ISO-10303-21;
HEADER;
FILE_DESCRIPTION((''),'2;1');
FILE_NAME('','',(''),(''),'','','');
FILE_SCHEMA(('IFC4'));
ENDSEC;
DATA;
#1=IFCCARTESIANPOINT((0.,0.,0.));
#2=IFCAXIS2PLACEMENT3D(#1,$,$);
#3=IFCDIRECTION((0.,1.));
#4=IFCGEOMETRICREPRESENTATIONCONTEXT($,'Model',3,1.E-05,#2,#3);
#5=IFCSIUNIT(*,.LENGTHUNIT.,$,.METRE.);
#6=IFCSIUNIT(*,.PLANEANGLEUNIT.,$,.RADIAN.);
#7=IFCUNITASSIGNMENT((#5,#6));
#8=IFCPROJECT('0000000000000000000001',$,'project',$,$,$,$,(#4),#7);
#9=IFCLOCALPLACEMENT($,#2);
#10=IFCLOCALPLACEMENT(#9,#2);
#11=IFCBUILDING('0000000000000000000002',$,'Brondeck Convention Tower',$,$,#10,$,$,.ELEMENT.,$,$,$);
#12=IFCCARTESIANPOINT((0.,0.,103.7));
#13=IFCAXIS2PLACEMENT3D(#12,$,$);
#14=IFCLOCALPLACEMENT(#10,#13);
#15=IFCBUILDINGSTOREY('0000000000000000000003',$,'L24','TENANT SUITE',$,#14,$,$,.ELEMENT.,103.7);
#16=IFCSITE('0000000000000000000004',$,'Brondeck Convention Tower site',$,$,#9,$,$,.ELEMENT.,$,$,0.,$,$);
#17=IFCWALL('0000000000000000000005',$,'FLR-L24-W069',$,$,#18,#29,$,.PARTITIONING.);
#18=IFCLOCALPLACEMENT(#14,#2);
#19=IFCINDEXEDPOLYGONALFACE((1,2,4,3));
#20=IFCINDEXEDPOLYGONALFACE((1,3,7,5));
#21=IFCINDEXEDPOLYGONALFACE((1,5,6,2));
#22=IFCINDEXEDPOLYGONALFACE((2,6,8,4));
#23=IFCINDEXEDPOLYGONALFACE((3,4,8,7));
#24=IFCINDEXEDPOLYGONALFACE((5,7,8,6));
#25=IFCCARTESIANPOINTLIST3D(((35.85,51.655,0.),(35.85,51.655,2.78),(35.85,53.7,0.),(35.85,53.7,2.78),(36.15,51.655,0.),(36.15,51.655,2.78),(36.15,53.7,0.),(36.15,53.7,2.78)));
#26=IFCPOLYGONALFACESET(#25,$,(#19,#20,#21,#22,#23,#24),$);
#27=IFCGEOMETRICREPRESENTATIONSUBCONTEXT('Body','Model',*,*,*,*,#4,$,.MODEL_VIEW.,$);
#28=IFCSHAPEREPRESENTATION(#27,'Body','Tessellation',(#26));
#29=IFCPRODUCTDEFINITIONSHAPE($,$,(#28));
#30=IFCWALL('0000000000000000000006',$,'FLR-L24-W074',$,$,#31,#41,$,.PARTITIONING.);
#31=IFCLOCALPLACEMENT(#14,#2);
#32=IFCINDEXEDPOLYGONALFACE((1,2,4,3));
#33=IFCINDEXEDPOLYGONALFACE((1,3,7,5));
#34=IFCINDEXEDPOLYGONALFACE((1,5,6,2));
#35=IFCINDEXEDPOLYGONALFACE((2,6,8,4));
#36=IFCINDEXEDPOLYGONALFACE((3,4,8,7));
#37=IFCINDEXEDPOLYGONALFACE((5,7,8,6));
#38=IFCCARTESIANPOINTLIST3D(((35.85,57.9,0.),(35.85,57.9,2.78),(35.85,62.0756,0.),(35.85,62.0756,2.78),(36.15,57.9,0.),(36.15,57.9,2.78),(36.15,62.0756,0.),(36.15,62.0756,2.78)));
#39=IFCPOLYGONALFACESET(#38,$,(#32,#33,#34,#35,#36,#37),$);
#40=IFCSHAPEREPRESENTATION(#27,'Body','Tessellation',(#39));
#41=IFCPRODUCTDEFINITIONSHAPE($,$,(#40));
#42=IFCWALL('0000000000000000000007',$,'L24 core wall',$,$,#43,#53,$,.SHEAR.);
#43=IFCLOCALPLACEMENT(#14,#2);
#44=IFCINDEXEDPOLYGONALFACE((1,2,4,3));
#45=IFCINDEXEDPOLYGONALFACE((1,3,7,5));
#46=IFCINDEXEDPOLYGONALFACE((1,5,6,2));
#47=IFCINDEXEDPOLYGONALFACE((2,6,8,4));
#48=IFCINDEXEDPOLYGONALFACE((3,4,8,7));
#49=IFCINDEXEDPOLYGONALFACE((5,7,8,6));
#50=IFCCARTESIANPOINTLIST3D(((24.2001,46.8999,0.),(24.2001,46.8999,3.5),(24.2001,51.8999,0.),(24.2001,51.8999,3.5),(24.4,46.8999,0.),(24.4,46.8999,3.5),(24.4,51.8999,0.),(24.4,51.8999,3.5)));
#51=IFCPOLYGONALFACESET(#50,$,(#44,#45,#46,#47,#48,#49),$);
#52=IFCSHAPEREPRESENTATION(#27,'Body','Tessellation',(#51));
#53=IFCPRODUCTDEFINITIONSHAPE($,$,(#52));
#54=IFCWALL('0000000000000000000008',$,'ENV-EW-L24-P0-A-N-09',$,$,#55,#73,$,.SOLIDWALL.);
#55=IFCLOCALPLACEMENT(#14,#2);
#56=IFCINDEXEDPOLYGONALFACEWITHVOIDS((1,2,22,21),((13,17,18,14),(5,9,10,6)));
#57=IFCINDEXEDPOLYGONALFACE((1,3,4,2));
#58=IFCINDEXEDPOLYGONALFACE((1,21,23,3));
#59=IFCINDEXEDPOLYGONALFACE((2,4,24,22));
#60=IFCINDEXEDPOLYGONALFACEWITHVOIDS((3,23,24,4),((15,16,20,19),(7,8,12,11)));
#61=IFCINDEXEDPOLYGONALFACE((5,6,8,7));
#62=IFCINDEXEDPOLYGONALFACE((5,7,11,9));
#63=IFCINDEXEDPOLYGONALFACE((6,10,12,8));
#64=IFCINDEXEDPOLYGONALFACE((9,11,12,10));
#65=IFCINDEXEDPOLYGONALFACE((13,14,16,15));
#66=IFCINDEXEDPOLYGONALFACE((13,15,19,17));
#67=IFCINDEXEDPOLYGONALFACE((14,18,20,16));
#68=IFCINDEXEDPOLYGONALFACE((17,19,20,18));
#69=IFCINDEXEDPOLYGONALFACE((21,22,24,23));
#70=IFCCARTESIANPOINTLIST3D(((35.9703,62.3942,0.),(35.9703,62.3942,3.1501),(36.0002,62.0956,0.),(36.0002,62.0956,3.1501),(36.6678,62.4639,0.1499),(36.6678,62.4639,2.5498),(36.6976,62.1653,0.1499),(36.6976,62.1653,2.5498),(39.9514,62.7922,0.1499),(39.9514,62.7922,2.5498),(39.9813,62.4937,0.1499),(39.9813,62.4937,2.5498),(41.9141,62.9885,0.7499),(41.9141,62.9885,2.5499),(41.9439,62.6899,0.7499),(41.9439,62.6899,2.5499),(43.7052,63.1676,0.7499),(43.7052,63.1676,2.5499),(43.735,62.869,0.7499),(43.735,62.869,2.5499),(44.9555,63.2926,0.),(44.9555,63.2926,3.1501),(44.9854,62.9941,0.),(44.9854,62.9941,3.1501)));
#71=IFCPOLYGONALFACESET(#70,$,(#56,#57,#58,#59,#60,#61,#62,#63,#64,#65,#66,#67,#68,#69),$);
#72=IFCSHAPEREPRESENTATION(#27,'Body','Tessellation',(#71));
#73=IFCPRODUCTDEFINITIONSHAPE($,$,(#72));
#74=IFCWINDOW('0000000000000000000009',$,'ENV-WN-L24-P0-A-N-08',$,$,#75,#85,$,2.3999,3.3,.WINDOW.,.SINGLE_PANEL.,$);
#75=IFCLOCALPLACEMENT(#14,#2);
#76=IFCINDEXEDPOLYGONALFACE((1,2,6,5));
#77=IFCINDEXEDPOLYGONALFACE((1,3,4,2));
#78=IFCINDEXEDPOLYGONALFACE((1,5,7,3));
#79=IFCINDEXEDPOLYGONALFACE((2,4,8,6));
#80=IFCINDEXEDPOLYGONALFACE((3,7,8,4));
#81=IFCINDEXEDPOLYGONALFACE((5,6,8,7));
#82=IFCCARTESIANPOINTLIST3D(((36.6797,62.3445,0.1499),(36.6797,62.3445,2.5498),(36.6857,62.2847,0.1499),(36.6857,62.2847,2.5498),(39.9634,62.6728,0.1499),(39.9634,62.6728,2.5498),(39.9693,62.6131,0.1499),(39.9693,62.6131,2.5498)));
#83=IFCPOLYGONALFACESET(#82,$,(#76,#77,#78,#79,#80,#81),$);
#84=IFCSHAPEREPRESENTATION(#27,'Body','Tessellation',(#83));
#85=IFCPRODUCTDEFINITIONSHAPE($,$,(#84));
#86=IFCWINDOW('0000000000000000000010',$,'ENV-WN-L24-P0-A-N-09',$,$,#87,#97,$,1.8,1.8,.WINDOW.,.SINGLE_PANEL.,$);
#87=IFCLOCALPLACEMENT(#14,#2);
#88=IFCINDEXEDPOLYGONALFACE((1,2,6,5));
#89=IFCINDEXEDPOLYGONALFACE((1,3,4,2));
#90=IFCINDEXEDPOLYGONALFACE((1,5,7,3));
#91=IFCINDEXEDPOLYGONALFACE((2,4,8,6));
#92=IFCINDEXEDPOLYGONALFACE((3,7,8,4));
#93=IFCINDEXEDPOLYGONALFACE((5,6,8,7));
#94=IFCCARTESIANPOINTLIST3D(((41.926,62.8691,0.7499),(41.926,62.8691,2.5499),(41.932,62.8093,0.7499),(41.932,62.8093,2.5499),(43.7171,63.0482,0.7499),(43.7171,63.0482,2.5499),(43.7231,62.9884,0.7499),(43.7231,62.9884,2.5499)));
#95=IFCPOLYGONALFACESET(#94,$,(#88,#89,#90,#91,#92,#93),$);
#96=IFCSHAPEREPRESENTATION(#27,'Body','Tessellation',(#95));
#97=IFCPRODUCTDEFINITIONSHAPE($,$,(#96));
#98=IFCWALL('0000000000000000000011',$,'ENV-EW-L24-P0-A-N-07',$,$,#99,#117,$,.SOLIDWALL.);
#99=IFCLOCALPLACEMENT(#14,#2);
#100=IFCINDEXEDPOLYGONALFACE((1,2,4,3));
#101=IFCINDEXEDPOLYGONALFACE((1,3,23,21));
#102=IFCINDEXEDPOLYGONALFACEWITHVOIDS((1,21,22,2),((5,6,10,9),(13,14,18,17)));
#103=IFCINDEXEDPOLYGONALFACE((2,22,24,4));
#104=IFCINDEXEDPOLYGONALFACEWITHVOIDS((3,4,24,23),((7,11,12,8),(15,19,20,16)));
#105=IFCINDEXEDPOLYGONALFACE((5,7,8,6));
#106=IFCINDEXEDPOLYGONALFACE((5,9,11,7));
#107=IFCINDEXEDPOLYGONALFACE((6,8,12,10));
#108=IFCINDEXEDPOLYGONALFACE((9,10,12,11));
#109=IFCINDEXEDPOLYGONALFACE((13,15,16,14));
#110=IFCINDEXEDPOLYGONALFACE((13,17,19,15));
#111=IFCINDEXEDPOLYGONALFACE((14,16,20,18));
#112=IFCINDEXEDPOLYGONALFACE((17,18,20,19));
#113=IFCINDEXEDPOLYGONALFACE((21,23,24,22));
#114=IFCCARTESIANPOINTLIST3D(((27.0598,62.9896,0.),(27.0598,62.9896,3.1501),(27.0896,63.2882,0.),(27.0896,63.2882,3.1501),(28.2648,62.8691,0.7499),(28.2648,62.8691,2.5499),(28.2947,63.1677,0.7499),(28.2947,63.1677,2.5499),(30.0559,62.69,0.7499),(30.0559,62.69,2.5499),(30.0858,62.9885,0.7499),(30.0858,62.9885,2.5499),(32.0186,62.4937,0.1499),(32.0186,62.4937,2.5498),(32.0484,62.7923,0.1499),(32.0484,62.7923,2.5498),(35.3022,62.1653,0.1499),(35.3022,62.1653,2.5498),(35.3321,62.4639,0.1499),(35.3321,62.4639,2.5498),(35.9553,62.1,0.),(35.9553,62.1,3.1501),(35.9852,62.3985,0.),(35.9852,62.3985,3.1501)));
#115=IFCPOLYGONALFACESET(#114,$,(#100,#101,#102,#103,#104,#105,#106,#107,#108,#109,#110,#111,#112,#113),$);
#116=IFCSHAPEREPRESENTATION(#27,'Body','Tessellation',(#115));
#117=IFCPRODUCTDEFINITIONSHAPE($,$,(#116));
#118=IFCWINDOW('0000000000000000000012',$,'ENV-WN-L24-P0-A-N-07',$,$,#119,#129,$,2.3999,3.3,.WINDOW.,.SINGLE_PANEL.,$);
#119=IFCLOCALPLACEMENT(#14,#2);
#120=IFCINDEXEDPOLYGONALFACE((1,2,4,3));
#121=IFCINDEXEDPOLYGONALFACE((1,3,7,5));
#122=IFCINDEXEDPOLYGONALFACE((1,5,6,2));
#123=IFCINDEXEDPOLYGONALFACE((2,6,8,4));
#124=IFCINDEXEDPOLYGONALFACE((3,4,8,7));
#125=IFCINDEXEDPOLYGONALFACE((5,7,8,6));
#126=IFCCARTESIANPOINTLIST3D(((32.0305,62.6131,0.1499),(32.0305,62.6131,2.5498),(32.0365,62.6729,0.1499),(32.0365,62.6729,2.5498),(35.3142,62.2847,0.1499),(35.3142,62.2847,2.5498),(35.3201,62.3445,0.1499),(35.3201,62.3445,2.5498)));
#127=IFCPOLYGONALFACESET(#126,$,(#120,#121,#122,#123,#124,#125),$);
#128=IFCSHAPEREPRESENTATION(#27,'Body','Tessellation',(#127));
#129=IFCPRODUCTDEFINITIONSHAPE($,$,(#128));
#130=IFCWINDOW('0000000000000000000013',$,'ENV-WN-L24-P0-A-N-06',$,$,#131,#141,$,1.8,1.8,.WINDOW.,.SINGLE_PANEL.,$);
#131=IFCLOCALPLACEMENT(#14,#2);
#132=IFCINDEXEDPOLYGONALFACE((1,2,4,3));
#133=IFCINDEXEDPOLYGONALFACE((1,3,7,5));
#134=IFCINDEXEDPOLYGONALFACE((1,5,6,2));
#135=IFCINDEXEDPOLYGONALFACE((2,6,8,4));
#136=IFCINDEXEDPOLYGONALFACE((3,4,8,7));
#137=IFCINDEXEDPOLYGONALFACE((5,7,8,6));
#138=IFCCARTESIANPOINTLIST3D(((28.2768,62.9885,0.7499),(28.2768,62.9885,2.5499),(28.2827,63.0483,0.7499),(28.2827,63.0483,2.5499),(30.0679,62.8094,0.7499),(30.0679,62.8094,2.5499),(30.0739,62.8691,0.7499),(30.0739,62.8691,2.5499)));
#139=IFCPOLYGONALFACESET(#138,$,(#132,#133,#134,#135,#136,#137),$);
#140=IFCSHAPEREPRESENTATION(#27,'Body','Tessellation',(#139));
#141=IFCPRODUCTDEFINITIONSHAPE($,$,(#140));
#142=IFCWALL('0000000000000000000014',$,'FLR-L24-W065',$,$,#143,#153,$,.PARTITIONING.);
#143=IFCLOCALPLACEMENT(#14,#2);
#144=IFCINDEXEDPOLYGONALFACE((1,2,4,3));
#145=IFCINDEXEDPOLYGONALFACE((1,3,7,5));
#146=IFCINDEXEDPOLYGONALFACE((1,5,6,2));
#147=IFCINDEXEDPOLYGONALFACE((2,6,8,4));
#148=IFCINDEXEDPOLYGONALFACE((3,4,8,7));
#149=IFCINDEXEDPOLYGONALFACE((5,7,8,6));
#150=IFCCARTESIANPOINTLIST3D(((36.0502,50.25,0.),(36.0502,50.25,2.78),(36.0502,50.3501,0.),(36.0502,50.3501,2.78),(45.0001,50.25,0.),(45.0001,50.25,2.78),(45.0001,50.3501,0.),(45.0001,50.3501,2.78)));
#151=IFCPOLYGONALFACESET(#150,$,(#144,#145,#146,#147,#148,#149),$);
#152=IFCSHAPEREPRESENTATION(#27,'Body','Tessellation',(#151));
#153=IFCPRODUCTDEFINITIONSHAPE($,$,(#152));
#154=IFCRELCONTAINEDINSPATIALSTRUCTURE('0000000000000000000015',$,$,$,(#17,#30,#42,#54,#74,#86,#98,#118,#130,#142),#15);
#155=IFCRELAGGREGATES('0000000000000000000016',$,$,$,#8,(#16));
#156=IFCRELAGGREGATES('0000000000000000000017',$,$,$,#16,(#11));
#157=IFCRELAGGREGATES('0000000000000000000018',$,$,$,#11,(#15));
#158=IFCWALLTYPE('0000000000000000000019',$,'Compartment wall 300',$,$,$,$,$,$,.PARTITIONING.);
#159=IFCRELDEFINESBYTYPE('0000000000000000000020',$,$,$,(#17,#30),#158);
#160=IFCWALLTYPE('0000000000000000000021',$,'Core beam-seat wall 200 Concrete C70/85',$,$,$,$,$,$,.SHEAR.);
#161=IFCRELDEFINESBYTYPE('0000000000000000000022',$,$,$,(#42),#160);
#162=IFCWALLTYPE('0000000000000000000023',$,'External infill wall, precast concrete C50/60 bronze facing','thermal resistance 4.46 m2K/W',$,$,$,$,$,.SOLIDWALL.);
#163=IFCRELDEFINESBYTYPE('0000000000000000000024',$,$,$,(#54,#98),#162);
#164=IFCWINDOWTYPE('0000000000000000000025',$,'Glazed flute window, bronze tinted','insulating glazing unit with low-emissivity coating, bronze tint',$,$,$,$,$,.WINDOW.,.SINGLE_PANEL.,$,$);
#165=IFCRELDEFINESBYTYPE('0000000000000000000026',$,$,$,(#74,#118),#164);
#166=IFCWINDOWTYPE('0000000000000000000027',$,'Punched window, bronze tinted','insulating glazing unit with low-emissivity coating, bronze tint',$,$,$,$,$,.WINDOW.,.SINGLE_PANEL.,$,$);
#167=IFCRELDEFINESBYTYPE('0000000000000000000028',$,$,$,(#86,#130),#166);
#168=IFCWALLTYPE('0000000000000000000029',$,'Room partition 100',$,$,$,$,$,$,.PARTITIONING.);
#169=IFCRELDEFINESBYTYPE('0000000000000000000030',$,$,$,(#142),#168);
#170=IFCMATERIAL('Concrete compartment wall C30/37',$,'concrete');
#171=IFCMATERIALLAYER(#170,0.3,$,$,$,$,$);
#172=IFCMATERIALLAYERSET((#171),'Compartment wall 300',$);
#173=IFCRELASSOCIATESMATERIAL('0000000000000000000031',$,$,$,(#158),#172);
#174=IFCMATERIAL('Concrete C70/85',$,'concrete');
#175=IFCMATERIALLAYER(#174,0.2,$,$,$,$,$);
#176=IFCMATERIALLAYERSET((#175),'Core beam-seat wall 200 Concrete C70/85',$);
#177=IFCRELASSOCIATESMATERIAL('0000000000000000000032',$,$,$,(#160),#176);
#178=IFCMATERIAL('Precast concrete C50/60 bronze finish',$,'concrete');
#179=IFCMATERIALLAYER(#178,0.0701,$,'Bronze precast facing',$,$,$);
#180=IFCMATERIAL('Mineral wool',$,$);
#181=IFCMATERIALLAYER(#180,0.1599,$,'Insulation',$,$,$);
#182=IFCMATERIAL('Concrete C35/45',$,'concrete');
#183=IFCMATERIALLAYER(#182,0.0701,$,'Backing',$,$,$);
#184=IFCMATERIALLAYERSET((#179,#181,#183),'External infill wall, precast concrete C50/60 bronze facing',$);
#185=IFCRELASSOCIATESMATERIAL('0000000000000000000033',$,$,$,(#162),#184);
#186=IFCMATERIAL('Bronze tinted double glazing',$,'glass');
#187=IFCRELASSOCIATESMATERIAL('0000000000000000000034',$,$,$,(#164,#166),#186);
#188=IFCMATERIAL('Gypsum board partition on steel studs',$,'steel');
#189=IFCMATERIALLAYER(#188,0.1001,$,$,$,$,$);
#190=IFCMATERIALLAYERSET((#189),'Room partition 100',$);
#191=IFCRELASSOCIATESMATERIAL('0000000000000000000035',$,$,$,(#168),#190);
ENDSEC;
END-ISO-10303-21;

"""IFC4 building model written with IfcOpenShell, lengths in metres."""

from ifc_helpers import new_model, si_unit, direction, frame, frame_2d, origin, place, context, subcontext, project, spatial, rectangle, extrude, material, layer, layer_set, type_object, element, fill, save


model = new_model("IFC4")

# Units and contexts
model_context = context("Model", 3, precision=1e-05, world=origin(), true_north=direction((0.0, 1.0)))
body_context = subcontext(model_context, "Body", "Model", "MODEL_VIEW")
ifc_project = project(units=[si_unit("LENGTHUNIT", "METRE"), si_unit("PLANEANGLEUNIT", "RADIAN")], contexts=[model_context])

# Site, building, storey
site_placement = place(None, origin())
site = spatial("IfcSite", under=ifc_project, at=site_placement, Name="Brondeck Convention Tower site", CompositionType="ELEMENT", RefElevation=0.0)
building_placement = place(site_placement, origin())
building = spatial("IfcBuilding", under=site, at=building_placement, Name="Brondeck Convention Tower", CompositionType="ELEMENT")
storey_placement = place(building_placement, frame((0.0, 0.0, 103.7)))
storey = spatial("IfcBuildingStorey", under=building, at=storey_placement, Name="L24", Description="TENANT SUITE", CompositionType="ELEMENT", Elevation=103.7)

# Shared definitions
ifc_material_1 = material(Name="Concrete C70/85", Category="concrete")

# Walls
ifc_material_2 = material(Name="Concrete compartment wall C30/37", Category="concrete")
ifc_layer_1 = layer(ifc_material_2, 0.3)
ifc_layer_set_1 = layer_set([ifc_layer_1], Name="Compartment wall 300")
wall_type_1 = type_object("IfcWallType", Name="Compartment wall 300", PredefinedType="PARTITIONING", material=ifc_layer_set_1)
wall_1_placement = place(storey_placement, frame((36.0, 51.655, 0.0), z_axis=(0.0, 0.0, 1.0), x_axis=(0.0, 1.0, 0.0)))
element("IfcWall", 1, at=wall_1_placement, inside=storey, type_object=wall_type_1, Name="FLR-L24-W069", PredefinedType="PARTITIONING", context=body_context, shape_type="SweptSolid", body=[
    extrude(rectangle(XDim=2.0449, YDim=0.3, at=frame_2d((1.0225, 0.0))), origin(), (0.0, 0.0, 1.0), 2.78),
])
wall_2_placement = place(storey_placement, frame((36.0, 57.8999, 0.0), z_axis=(0.0, 0.0, 1.0), x_axis=(0.0, 1.0, 0.0)))
element("IfcWall", 2, at=wall_2_placement, inside=storey, type_object=wall_type_1, Name="FLR-L24-W074", PredefinedType="PARTITIONING", context=body_context, shape_type="SweptSolid", body=[
    extrude(rectangle(XDim=4.1755, YDim=0.3, at=frame_2d((2.0879, 0.0))), origin(), (0.0, 0.0, 1.0), 2.78),
])
ifc_layer_2 = layer(ifc_material_1, 0.2)
ifc_layer_set_2 = layer_set([ifc_layer_2], Name="Core beam-seat wall 200 Concrete C70/85")
wall_type_2 = type_object("IfcWallType", Name="Core beam-seat wall 200 Concrete C70/85", PredefinedType="SHEAR", material=ifc_layer_set_2)
wall_3_placement = place(storey_placement, frame((24.3, 46.8999, 0.0), z_axis=(0.0, 0.0, 1.0), x_axis=(0.0, 1.0, 0.0)))
element("IfcWall", 3, at=wall_3_placement, inside=storey, type_object=wall_type_2, Name="L24 core wall", PredefinedType="SHEAR", context=body_context, shape_type="SweptSolid", body=[
    extrude(rectangle(XDim=5.0, YDim=0.2, at=frame_2d((2.5, 0.0))), origin(), (0.0, 0.0, 1.0), 3.5),
])

# Walls, openings, windows
ifc_material_3 = material(Name="Precast concrete C50/60 bronze finish", Category="concrete")
ifc_layer_3 = layer(ifc_material_3, 0.0701, Name="Bronze precast facing")
ifc_material_4 = material(Name="Mineral wool")
ifc_layer_4 = layer(ifc_material_4, 0.1599, Name="Insulation")
ifc_material_5 = material(Name="Concrete C35/45", Category="concrete")
ifc_layer_5 = layer(ifc_material_5, 0.0701, Name="Backing")
ifc_layer_set_3 = layer_set([ifc_layer_3, ifc_layer_4, ifc_layer_5], Name="External infill wall, precast concrete C50/60 bronze facing")
wall_type_3 = type_object("IfcWallType", Name="External infill wall, precast concrete C50/60 bronze facing", Description="thermal resistance 4.46 m2K/W", PredefinedType="SOLIDWALL", material=ifc_layer_set_3)
wall_4_placement = place(storey_placement, frame((35.9851, 62.2449, 0.0), z_axis=(0.0, 0.0, 1.0), x_axis=(0.995038, 0.099496, 0.0)))
wall_4 = element("IfcWall", 4, at=wall_4_placement, inside=storey, type_object=wall_type_3, Name="ENV-EW-L24-P0-A-N-09", PredefinedType="SOLIDWALL", context=body_context, shape_type="SweptSolid", body=[
    extrude(rectangle(XDim=9.03, YDim=0.3, at=frame_2d((4.5151, 0.0))), origin(), (0.0, 0.0, 1.0), 3.1501),
])
opening_1_placement = place(wall_4_placement, frame((0.7012, 0.0, 0.1499)))
opening_1 = element("IfcOpeningElement", 5, at=opening_1_placement, cuts=wall_4, PredefinedType="OPENING", context=body_context, shape_type="SweptSolid", body=[
    extrude(rectangle(XDim=3.3, YDim=2.3999, at=frame_2d((1.6499, 1.2))), frame((0.0, 0.1599, 0.0), z_axis=(0.0, -1.0, 0.0), x_axis=(1.0, 0.0, 0.0)), (0.0, 0.0, 1.0), 0.3201),
])
opening_2_placement = place(wall_4_placement, frame((5.9736, 0.0, 0.75)))
opening_2 = element("IfcOpeningElement", 6, at=opening_2_placement, cuts=wall_4, PredefinedType="OPENING", context=body_context, shape_type="SweptSolid", body=[
    extrude(rectangle(XDim=1.8, YDim=1.8, at=frame_2d((0.8999, 0.8999))), frame((0.0, 0.1599, 0.0), z_axis=(0.0, -1.0, 0.0), x_axis=(1.0, 0.0, 0.0)), (0.0, 0.0, 1.0), 0.3201),
])
ifc_material_6 = material(Name="Bronze tinted double glazing", Category="glass")
window_type_1 = type_object("IfcWindowType", Name="Glazed flute window, bronze tinted", Description="insulating glazing unit with low-emissivity coating, bronze tint", PartitioningType="SINGLE_PANEL", PredefinedType="WINDOW", material=ifc_material_6)
window_1_placement = place(opening_1_placement, origin())
window_1 = element("IfcWindow", 7, at=window_1_placement, inside=storey, type_object=window_type_1, Name="ENV-WN-L24-P0-A-N-08", OverallHeight=2.3999, OverallWidth=3.3, PartitioningType="SINGLE_PANEL", PredefinedType="WINDOW", context=body_context, shape_type="SweptSolid", body=[
    extrude(rectangle(XDim=3.3, YDim=2.3999, at=frame_2d((1.6499, 1.2))), frame((0.0, 0.03, 0.0), z_axis=(0.0, -1.0, 0.0), x_axis=(1.0, 0.0, 0.0)), (0.0, 0.0, 1.0), 0.0601),
])
fill(opening_1, window_1)
window_type_2 = type_object("IfcWindowType", Name="Punched window, bronze tinted", Description="insulating glazing unit with low-emissivity coating, bronze tint", PartitioningType="SINGLE_PANEL", PredefinedType="WINDOW", material=ifc_material_6)
window_2_placement = place(opening_2_placement, origin())
window_2 = element("IfcWindow", 8, at=window_2_placement, inside=storey, type_object=window_type_2, Name="ENV-WN-L24-P0-A-N-09", OverallHeight=1.8, OverallWidth=1.8, PartitioningType="SINGLE_PANEL", PredefinedType="WINDOW", context=body_context, shape_type="SweptSolid", body=[
    extrude(rectangle(XDim=1.8, YDim=1.8, at=frame_2d((0.8999, 0.8999))), frame((0.0, 0.03, 0.0), z_axis=(0.0, -1.0, 0.0), x_axis=(1.0, 0.0, 0.0)), (0.0, 0.0, 1.0), 0.0601),
])
fill(opening_2, window_2)
wall_5_placement = place(storey_placement, frame((27.0747, 63.1389, 0.0), z_axis=(0.0, 0.0, 1.0), x_axis=(0.995036, -0.099515, 0.0)))
wall_5 = element("IfcWall", 9, at=wall_5_placement, inside=storey, type_object=wall_type_3, Name="ENV-EW-L24-P0-A-N-07", PredefinedType="SOLIDWALL", context=body_context, shape_type="SweptSolid", body=[
    extrude(rectangle(XDim=8.9399, YDim=0.3, at=frame_2d((4.47, 0.0))), origin(), (0.0, 0.0, 1.0), 3.1501),
])
opening_3_placement = place(wall_5_placement, frame((1.2112, 0.0, 0.75)))
opening_3 = element("IfcOpeningElement", 10, at=opening_3_placement, cuts=wall_5, PredefinedType="OPENING", context=body_context, shape_type="SweptSolid", body=[
    extrude(rectangle(XDim=1.8, YDim=1.8, at=frame_2d((0.8999, 0.8999))), frame((0.0, 0.1599, 0.0), z_axis=(0.0, -1.0, 0.0), x_axis=(1.0, 0.0, 0.0)), (0.0, 0.0, 1.0), 0.3201),
])
opening_4_placement = place(wall_5_placement, frame((4.9836, 0.0, 0.1499)))
opening_4 = element("IfcOpeningElement", 11, at=opening_4_placement, cuts=wall_5, PredefinedType="OPENING", context=body_context, shape_type="SweptSolid", body=[
    extrude(rectangle(XDim=3.3, YDim=2.3999, at=frame_2d((1.6499, 1.2))), frame((0.0, 0.1599, 0.0), z_axis=(0.0, -1.0, 0.0), x_axis=(1.0, 0.0, 0.0)), (0.0, 0.0, 1.0), 0.3201),
])
window_3_placement = place(opening_4_placement, origin())
window_3 = element("IfcWindow", 12, at=window_3_placement, inside=storey, type_object=window_type_1, Name="ENV-WN-L24-P0-A-N-07", OverallHeight=2.3999, OverallWidth=3.3, PartitioningType="SINGLE_PANEL", PredefinedType="WINDOW", context=body_context, shape_type="SweptSolid", body=[
    extrude(rectangle(XDim=3.3, YDim=2.3999, at=frame_2d((1.6499, 1.2))), frame((0.0, 0.03, 0.0), z_axis=(0.0, -1.0, 0.0), x_axis=(1.0, 0.0, 0.0)), (0.0, 0.0, 1.0), 0.0601),
])
fill(opening_4, window_3)
window_4_placement = place(opening_3_placement, origin())
window_4 = element("IfcWindow", 13, at=window_4_placement, inside=storey, type_object=window_type_2, Name="ENV-WN-L24-P0-A-N-06", OverallHeight=1.8, OverallWidth=1.8, PartitioningType="SINGLE_PANEL", PredefinedType="WINDOW", context=body_context, shape_type="SweptSolid", body=[
    extrude(rectangle(XDim=1.8, YDim=1.8, at=frame_2d((0.8999, 0.8999))), frame((0.0, 0.03, 0.0), z_axis=(0.0, -1.0, 0.0), x_axis=(1.0, 0.0, 0.0)), (0.0, 0.0, 1.0), 0.0601),
])
fill(opening_3, window_4)

# Wall
ifc_material_7 = material(Name="Gypsum board partition on steel studs", Category="steel")
ifc_layer_6 = layer(ifc_material_7, 0.1001)
ifc_layer_set_4 = layer_set([ifc_layer_6], Name="Room partition 100")
wall_type_4 = type_object("IfcWallType", Name="Room partition 100", PredefinedType="PARTITIONING", material=ifc_layer_set_4)
wall_6_placement = place(storey_placement, frame((36.05, 50.3, 0.0), z_axis=(0.0, 0.0, 1.0), x_axis=(1.0, 0.0, 0.0)))
element("IfcWall", 14, at=wall_6_placement, inside=storey, type_object=wall_type_4, Name="FLR-L24-W065", PredefinedType="PARTITIONING", context=body_context, shape_type="SweptSolid", body=[
    extrude(rectangle(XDim=8.95, YDim=0.1001, at=frame_2d((4.4751, 0.0))), origin(), (0.0, 0.0, 1.0), 2.78),
])

save(model, "model.ifc")
